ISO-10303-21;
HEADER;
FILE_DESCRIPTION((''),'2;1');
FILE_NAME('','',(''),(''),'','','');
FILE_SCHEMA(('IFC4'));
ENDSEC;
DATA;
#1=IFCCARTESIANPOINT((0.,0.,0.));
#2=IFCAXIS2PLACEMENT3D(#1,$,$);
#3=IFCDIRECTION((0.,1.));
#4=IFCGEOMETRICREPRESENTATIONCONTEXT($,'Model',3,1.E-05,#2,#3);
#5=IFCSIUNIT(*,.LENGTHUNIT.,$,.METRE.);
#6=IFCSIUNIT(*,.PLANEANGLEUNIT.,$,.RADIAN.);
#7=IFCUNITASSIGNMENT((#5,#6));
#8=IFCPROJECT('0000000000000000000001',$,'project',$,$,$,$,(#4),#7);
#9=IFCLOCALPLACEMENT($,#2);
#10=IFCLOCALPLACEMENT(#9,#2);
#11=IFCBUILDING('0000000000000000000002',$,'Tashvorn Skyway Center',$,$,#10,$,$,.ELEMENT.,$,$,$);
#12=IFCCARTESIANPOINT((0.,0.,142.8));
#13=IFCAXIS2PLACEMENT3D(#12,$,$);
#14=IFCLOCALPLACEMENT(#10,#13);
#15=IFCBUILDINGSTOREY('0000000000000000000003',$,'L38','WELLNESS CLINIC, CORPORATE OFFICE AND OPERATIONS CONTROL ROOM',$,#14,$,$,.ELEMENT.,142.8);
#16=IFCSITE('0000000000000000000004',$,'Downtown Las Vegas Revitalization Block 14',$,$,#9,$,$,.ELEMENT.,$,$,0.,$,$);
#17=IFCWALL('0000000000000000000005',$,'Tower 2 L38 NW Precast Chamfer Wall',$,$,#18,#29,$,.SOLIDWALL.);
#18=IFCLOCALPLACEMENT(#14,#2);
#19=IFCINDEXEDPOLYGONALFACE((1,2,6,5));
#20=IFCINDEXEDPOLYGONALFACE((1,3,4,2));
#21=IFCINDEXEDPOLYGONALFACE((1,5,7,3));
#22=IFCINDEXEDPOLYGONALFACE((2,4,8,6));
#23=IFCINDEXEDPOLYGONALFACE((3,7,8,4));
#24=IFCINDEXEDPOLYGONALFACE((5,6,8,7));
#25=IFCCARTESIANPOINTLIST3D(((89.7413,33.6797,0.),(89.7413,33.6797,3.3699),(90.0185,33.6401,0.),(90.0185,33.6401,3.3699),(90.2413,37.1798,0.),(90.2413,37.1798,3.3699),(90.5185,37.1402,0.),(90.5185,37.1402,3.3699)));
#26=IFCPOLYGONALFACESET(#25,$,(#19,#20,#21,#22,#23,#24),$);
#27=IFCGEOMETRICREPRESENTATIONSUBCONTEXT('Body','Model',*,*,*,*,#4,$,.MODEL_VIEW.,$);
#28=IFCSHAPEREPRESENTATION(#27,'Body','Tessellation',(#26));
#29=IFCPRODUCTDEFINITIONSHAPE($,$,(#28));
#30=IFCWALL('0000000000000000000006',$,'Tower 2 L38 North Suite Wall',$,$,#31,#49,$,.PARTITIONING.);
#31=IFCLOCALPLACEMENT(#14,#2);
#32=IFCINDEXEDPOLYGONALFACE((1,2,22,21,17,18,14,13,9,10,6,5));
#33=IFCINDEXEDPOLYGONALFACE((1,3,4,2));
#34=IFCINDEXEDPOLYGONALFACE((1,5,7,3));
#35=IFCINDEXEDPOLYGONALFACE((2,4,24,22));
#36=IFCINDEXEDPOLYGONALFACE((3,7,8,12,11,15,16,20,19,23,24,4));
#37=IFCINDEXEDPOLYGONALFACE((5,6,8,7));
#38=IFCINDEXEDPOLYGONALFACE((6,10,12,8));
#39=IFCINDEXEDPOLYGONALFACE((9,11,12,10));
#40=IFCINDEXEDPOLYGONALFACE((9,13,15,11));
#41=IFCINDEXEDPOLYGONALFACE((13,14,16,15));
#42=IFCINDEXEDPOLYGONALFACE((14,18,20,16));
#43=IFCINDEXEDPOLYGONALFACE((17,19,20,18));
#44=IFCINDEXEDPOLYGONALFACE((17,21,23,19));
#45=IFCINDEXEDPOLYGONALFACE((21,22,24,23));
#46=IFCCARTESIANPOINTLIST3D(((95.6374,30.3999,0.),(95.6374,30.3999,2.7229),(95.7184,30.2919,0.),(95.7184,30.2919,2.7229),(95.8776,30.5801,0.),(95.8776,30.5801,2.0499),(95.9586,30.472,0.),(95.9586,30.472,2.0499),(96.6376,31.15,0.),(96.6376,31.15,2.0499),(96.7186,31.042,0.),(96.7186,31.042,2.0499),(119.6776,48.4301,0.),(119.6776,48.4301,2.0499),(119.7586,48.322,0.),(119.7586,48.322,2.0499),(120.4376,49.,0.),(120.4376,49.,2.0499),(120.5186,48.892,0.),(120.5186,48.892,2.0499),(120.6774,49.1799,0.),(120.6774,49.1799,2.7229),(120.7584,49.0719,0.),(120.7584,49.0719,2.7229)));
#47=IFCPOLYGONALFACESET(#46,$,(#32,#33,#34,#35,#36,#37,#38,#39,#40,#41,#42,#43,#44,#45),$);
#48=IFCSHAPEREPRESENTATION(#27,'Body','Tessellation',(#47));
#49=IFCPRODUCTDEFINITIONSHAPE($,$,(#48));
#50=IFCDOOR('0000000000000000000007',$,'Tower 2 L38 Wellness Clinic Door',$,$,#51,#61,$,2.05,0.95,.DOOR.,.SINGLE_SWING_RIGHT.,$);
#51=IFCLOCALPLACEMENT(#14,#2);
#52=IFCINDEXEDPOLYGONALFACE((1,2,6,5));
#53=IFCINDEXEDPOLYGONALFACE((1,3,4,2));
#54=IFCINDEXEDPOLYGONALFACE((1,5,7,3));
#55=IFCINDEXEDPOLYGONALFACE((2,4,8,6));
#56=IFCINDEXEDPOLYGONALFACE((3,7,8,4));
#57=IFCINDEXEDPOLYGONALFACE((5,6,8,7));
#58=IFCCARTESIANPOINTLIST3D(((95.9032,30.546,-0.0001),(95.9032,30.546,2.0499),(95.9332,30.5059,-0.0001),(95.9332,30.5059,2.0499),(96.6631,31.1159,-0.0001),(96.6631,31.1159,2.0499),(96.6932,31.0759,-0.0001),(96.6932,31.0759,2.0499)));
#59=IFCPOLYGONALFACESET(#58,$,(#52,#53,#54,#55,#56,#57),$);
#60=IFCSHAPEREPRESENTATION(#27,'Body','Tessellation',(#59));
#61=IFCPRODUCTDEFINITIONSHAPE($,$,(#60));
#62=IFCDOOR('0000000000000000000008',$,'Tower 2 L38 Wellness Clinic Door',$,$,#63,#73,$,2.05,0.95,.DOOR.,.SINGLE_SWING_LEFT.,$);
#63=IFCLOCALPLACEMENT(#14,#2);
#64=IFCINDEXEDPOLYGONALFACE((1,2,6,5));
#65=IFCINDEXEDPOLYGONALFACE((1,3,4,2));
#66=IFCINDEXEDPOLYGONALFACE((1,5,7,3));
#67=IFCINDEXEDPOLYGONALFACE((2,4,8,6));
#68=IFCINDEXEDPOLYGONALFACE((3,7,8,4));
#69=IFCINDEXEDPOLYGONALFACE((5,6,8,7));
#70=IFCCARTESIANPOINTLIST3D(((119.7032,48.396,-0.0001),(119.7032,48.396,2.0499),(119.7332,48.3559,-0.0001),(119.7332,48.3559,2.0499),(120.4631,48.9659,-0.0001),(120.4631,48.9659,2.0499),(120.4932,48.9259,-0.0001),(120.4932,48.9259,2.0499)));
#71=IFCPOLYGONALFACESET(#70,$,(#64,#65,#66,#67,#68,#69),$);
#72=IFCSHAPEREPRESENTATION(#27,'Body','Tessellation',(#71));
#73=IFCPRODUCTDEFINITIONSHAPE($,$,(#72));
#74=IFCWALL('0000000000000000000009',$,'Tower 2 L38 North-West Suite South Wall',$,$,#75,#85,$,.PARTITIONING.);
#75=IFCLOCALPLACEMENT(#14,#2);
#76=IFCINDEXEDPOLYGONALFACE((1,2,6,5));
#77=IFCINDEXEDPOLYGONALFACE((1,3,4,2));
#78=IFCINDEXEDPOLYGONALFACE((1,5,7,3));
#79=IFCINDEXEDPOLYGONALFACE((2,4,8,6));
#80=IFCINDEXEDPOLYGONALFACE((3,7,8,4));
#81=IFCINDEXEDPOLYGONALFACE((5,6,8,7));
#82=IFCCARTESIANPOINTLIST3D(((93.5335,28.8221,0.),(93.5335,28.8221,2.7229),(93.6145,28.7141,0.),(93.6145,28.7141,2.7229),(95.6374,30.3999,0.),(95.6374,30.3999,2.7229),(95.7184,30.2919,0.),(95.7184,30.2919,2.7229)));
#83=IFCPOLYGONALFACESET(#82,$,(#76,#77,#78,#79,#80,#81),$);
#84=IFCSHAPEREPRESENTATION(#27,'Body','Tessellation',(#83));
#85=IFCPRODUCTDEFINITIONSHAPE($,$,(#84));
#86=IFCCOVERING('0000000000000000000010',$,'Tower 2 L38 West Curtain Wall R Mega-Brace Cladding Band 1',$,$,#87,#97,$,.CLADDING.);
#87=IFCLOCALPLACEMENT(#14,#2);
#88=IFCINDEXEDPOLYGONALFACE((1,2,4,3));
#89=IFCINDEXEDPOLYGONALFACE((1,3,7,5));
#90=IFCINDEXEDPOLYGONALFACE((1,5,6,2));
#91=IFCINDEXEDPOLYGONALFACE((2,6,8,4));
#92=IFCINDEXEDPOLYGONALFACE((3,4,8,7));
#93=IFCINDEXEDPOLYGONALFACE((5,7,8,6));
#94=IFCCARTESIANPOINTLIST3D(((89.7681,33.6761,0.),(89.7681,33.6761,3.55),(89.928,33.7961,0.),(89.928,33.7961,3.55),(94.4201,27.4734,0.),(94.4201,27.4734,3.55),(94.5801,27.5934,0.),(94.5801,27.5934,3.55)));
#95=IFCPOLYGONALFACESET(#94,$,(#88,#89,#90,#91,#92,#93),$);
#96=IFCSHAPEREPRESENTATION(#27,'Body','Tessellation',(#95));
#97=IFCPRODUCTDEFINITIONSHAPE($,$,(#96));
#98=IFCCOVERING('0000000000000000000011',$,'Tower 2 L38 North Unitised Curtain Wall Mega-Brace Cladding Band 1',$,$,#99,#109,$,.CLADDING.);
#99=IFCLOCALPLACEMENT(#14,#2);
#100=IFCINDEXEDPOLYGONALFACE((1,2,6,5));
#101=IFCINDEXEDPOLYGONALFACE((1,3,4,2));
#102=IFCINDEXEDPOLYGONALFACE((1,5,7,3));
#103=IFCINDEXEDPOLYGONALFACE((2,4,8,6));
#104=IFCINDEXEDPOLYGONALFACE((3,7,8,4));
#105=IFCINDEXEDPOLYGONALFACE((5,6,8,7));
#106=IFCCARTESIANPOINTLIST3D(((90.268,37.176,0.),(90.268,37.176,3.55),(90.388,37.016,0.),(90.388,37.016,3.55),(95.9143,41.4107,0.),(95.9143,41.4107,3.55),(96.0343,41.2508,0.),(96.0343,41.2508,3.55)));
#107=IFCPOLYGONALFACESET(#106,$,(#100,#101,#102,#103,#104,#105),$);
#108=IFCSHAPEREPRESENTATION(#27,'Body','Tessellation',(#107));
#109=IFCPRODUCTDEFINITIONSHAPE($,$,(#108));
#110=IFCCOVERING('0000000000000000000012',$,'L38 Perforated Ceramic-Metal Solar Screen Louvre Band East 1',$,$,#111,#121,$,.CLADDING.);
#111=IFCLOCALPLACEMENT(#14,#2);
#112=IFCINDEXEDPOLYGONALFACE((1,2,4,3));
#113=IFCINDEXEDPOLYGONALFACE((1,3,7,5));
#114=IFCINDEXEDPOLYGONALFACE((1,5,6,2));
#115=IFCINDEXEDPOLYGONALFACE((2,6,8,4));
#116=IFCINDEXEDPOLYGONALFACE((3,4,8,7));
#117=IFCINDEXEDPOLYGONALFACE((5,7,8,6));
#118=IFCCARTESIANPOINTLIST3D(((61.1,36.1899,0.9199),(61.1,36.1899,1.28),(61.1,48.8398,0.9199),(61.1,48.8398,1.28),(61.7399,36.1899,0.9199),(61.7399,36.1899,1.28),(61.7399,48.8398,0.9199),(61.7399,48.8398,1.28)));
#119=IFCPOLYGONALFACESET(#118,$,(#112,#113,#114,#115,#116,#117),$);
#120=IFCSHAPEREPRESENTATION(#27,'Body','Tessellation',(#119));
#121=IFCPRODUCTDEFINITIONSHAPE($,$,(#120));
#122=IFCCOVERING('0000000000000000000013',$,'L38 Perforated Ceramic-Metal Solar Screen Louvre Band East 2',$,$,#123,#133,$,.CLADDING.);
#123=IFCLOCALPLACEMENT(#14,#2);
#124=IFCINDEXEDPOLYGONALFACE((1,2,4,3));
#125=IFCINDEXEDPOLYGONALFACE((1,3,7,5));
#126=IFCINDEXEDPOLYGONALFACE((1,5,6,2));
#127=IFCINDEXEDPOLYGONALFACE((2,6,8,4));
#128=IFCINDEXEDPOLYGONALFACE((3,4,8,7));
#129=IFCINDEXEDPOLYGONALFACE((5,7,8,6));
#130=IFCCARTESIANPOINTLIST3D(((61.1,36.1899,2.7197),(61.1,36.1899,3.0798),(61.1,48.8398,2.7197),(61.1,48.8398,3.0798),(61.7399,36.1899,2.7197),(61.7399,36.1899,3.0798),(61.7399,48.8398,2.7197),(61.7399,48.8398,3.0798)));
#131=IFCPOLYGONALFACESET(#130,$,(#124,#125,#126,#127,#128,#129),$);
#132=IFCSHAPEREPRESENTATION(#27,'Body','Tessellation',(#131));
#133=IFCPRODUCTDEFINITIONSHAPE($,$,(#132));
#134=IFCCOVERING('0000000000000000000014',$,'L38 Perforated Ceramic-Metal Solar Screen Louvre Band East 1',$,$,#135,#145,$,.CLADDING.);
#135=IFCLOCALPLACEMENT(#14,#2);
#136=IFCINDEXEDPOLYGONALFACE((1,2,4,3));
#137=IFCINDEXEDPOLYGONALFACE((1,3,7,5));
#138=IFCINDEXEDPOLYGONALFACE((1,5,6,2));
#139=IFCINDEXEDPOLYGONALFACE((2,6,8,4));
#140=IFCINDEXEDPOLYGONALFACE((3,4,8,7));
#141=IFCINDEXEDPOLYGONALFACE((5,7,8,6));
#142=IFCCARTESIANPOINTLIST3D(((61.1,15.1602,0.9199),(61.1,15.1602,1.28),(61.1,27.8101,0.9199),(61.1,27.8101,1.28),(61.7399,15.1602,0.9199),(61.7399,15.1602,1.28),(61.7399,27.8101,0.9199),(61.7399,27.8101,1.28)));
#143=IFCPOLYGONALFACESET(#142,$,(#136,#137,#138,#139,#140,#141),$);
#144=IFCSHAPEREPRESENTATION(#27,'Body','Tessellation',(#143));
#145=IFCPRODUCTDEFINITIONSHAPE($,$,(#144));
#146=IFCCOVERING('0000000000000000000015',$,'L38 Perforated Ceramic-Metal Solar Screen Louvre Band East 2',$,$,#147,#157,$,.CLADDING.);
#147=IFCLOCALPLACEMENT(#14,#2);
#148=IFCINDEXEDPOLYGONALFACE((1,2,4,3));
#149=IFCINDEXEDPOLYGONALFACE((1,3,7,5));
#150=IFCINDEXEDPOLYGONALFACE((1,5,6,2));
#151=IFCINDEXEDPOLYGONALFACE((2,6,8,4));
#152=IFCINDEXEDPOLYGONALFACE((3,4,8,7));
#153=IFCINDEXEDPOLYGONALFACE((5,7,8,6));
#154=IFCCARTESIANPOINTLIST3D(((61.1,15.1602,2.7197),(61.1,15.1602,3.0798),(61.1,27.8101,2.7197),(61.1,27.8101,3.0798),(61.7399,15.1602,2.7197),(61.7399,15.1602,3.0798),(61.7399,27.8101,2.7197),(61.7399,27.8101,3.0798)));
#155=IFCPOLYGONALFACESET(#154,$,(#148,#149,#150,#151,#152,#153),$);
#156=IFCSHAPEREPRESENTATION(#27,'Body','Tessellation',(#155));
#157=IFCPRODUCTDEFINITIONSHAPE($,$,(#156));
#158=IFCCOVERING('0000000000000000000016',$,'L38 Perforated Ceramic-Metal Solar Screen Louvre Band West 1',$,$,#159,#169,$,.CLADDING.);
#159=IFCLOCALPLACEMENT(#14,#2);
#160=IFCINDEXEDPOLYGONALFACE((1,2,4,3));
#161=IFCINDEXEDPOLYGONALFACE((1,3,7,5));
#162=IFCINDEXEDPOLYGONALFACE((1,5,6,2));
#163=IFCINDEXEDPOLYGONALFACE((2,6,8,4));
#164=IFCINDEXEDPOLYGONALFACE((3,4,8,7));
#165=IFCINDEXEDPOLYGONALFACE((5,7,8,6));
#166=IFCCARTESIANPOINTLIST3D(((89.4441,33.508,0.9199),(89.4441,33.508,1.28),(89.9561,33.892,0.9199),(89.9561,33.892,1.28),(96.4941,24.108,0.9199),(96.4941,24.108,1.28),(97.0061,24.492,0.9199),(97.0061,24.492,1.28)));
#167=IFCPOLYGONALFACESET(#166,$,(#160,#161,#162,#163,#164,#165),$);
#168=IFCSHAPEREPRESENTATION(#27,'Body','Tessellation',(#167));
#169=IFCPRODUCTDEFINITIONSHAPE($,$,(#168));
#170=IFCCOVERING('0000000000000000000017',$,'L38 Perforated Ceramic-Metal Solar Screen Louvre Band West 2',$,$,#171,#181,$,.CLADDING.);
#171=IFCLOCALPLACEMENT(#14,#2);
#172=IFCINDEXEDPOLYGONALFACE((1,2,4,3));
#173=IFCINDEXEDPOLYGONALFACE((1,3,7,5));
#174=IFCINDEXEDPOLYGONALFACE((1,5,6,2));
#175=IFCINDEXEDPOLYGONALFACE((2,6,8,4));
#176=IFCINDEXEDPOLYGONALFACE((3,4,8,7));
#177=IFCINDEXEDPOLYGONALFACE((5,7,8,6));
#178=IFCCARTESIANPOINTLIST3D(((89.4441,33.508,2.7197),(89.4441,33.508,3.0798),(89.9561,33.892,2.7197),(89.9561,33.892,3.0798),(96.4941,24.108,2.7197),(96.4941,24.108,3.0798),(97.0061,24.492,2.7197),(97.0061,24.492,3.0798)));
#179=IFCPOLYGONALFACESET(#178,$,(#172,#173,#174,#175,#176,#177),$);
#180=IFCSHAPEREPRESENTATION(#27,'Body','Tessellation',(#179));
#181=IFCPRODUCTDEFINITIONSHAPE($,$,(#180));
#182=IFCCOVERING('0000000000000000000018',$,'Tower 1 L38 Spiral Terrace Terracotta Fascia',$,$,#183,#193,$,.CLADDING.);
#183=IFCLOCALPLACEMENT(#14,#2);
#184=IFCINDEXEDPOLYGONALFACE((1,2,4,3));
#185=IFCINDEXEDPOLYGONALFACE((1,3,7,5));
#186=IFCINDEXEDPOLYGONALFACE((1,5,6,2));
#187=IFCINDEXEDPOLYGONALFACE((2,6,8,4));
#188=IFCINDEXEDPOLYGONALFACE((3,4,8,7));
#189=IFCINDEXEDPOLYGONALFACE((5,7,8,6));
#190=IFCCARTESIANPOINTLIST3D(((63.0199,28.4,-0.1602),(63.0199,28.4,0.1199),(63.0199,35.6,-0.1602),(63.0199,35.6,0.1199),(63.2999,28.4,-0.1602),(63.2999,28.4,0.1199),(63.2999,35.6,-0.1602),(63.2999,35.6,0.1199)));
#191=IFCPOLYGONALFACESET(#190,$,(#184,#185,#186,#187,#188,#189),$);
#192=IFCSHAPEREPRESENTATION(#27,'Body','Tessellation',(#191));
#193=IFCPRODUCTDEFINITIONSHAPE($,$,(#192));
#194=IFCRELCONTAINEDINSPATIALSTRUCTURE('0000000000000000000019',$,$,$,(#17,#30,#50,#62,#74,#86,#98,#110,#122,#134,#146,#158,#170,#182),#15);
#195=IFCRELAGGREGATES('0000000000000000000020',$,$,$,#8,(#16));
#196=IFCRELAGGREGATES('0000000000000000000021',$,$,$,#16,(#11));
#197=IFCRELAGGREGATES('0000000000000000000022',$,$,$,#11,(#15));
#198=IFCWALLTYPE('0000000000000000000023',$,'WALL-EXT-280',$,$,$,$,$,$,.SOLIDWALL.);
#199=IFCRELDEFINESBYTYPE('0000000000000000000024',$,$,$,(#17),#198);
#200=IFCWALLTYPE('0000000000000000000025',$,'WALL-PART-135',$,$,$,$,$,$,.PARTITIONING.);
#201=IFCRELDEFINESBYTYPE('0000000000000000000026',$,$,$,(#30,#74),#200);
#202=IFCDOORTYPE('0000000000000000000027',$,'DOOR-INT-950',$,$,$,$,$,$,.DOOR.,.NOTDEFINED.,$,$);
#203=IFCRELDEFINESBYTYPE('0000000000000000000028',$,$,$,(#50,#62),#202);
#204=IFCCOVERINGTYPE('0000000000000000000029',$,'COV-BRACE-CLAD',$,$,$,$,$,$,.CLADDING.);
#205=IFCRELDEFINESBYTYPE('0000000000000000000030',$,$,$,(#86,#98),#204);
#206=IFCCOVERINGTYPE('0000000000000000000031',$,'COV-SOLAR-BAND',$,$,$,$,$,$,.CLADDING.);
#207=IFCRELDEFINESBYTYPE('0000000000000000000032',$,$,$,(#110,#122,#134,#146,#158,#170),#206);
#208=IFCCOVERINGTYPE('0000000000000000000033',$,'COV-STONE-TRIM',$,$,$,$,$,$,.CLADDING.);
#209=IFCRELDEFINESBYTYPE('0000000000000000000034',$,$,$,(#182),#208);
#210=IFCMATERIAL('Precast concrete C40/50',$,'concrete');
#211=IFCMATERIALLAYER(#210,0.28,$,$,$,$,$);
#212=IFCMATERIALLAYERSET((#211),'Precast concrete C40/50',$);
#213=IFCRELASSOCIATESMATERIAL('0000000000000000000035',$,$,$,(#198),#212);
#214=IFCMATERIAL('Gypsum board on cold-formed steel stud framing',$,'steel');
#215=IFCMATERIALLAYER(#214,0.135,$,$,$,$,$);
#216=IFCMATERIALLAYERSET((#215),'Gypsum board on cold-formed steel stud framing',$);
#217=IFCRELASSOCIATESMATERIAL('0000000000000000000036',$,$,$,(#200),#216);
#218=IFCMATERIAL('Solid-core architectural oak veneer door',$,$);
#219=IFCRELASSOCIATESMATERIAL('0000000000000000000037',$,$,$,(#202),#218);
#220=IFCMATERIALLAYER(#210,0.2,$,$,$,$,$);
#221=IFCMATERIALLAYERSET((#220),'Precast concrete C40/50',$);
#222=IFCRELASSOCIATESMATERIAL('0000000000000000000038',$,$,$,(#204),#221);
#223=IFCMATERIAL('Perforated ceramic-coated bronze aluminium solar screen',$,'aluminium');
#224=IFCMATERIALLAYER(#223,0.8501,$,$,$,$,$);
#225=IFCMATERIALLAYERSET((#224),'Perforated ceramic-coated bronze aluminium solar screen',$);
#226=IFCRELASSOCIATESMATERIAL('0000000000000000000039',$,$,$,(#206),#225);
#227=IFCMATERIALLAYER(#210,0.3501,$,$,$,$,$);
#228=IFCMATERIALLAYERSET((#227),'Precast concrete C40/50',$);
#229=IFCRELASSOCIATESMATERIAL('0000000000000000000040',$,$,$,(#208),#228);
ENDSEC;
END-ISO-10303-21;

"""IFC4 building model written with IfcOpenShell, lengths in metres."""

from ifc_helpers import new_model, si_unit, direction, frame, frame_2d, origin, origin_2d, place, context, subcontext, project, spatial, rectangle, extrude, material, layer, layer_set, type_object, element, fill, save


model = new_model("IFC4")

# Units and contexts
model_context = context("Model", 3, precision=1e-05, world=origin(), true_north=direction((0.0, 1.0)))
body_context = subcontext(model_context, "Body", "Model", "MODEL_VIEW")
ifc_project = project(units=[si_unit("LENGTHUNIT", "METRE"), si_unit("PLANEANGLEUNIT", "RADIAN")], contexts=[model_context])

# Site, building, storey
site_placement = place(None, origin())
site = spatial("IfcSite", under=ifc_project, at=site_placement, Name="Downtown Las Vegas Revitalization Block 14", CompositionType="ELEMENT", RefElevation=0.0)
building_placement = place(site_placement, origin())
building = spatial("IfcBuilding", under=site, at=building_placement, Name="Tashvorn Skyway Center", CompositionType="ELEMENT")
storey_placement = place(building_placement, frame((0.0, 0.0, 142.8)))
storey = spatial("IfcBuildingStorey", under=building, at=storey_placement, Name="L38", Description="WELLNESS CLINIC, CORPORATE OFFICE AND OPERATIONS CONTROL ROOM", CompositionType="ELEMENT", Elevation=142.8)

# Wall
ifc_material_1 = material(Name="Precast concrete C40/50", Category="concrete")
ifc_layer_1 = layer(ifc_material_1, 0.28)
ifc_layer_set_1 = layer_set([ifc_layer_1], Name="Precast concrete C40/50")
wall_type_1 = type_object("IfcWallType", Name="WALL-EXT-280", PredefinedType="SOLIDWALL", material=ifc_layer_set_1)
wall_1_placement = place(storey_placement, frame((89.8799, 33.6599, 0.0), z_axis=(0.0, 0.0, 1.0), x_axis=(0.141421, 0.989949, 0.0)))
element("IfcWall", 1, at=wall_1_placement, inside=storey, type_object=wall_type_1, Name="Tower 2 L38 NW Precast Chamfer Wall", PredefinedType="SOLIDWALL", context=body_context, shape_type="SweptSolid", body=[
    extrude(rectangle(XDim=3.5356, YDim=0.28, at=frame_2d((1.7678, 0.0))), origin(), (0.0, 0.0, 1.0), 3.3699),
])

# Wall, openings, doors
ifc_material_2 = material(Name="Gypsum board on cold-formed steel stud framing", Category="steel")
ifc_layer_2 = layer(ifc_material_2, 0.135)
ifc_layer_set_2 = layer_set([ifc_layer_2], Name="Gypsum board on cold-formed steel stud framing")
wall_type_2 = type_object("IfcWallType", Name="WALL-PART-135", PredefinedType="PARTITIONING", material=ifc_layer_set_2)
wall_2_placement = place(storey_placement, frame((95.678, 30.3459, 0.0), z_axis=(0.0, 0.0, 1.0), x_axis=(0.8, 0.6, 0.0)))
wall_2 = element("IfcWall", 2, at=wall_2_placement, inside=storey, type_object=wall_type_2, Name="Tower 2 L38 North Suite Wall", PredefinedType="PARTITIONING", context=body_context, shape_type="SweptSolid", body=[
    extrude(rectangle(XDim=31.3, YDim=0.135, at=frame_2d((15.6499, 0.0))), origin(), (0.0, 0.0, 1.0), 2.7229),
])
opening_1_placement = place(wall_2_placement, frame((0.3, 0.0, 0.0)))
opening_1 = element("IfcOpeningElement", 3, at=opening_1_placement, cuts=wall_2, PredefinedType="OPENING", context=body_context, shape_type="SweptSolid", body=[
    extrude(rectangle(XDim=0.95, YDim=2.05, at=frame_2d((0.4751, 1.0249))), frame((0.0, 0.0774, 0.0), z_axis=(0.0, -1.0, 0.0), x_axis=(1.0, 0.0, 0.0)), (0.0, 0.0, 1.0), 0.155),
])
opening_2_placement = place(wall_2_placement, frame((30.05, 0.0, 0.0)))
opening_2 = element("IfcOpeningElement", 4, at=opening_2_placement, cuts=wall_2, PredefinedType="OPENING", context=body_context, shape_type="SweptSolid", body=[
    extrude(rectangle(XDim=0.95, YDim=2.05, at=frame_2d((0.4751, 1.0249))), frame((0.0, 0.0774, 0.0), z_axis=(0.0, -1.0, 0.0), x_axis=(1.0, 0.0, 0.0)), (0.0, 0.0, 1.0), 0.155),
])
ifc_material_3 = material(Name="Solid-core architectural oak veneer door")
door_type = type_object("IfcDoorType", Name="DOOR-INT-950", OperationType="NOTDEFINED", PredefinedType="DOOR", material=ifc_material_3)
door_1_placement = place(opening_1_placement, origin())
door_1 = element("IfcDoor", 5, at=door_1_placement, inside=storey, type_object=door_type, Name="Tower 2 L38 Wellness Clinic Door", OperationType="SINGLE_SWING_RIGHT", OverallHeight=2.05, OverallWidth=0.95, PredefinedType="DOOR", context=body_context, shape_type="SweptSolid", body=[
    extrude(rectangle(XDim=0.95, YDim=2.05, at=frame_2d((0.4751, 1.0249))), frame((0.0, 0.0249, 0.0), z_axis=(0.0, -1.0, 0.0), x_axis=(1.0, 0.0, 0.0)), (0.0, 0.0, 1.0), 0.05),
])
fill(opening_1, door_1)
door_2_placement = place(opening_2_placement, origin())
door_2 = element("IfcDoor", 6, at=door_2_placement, inside=storey, type_object=door_type, Name="Tower 2 L38 Wellness Clinic Door", OperationType="SINGLE_SWING_LEFT", OverallHeight=2.05, OverallWidth=0.95, PredefinedType="DOOR", context=body_context, shape_type="SweptSolid", body=[
    extrude(rectangle(XDim=0.95, YDim=2.05, at=frame_2d((0.4751, 1.0249))), frame((0.0, 0.0249, 0.0), z_axis=(0.0, -1.0, 0.0), x_axis=(1.0, 0.0, 0.0)), (0.0, 0.0, 1.0), 0.05),
])
fill(opening_2, door_2)

# Wall
wall_3_placement = place(storey_placement, frame((93.574, 28.7681, 0.0), z_axis=(0.0, 0.0, 1.0), x_axis=(0.800022, 0.59997, 0.0)))
element("IfcWall", 7, at=wall_3_placement, inside=storey, type_object=wall_type_2, Name="Tower 2 L38 North-West Suite South Wall", PredefinedType="PARTITIONING", context=body_context, shape_type="SweptSolid", body=[
    extrude(rectangle(XDim=2.6299, YDim=0.135, at=frame_2d((1.3149, 0.0))), origin(), (0.0, 0.0, 1.0), 2.7229),
])

# Coverings
ifc_layer_3 = layer(ifc_material_1, 0.2)
ifc_layer_set_3 = layer_set([ifc_layer_3], Name="Precast concrete C40/50")
covering_type_1 = type_object("IfcCoveringType", Name="COV-BRACE-CLAD", PredefinedType="CLADDING", material=ifc_layer_set_3)
covering_1_placement = place(storey_placement, frame((92.1741, 30.6348, 0.0), z_axis=(0.0, 0.0, 1.0), x_axis=(-0.6, 0.8, 0.0)))
element("IfcCovering", 8, at=covering_1_placement, inside=storey, type_object=covering_type_1, Name="Tower 2 L38 West Curtain Wall R Mega-Brace Cladding Band 1", PredefinedType="CLADDING", context=body_context, shape_type="SweptSolid", body=[
    extrude(rectangle(XDim=7.7534, YDim=0.2, at=origin_2d()), origin(), (0.0, 0.0, 1.0), 3.55),
])
covering_2_placement = place(storey_placement, frame((93.1511, 39.2134, 0.0), z_axis=(0.0, 0.0, 1.0), x_axis=(0.8, 0.6, 0.0)))
element("IfcCovering", 9, at=covering_2_placement, inside=storey, type_object=covering_type_1, Name="Tower 2 L38 North Unitised Curtain Wall Mega-Brace Cladding Band 1", PredefinedType="CLADDING", context=body_context, shape_type="SweptSolid", body=[
    extrude(rectangle(XDim=7.0579, YDim=0.2, at=origin_2d()), origin(), (0.0, 0.0, 1.0), 3.55),
])
ifc_material_4 = material(Name="Perforated ceramic-coated bronze aluminium solar screen", Category="aluminium")
ifc_layer_4 = layer(ifc_material_4, 0.8501)
ifc_layer_set_4 = layer_set([ifc_layer_4], Name="Perforated ceramic-coated bronze aluminium solar screen")
covering_type_2 = type_object("IfcCoveringType", Name="COV-SOLAR-BAND", PredefinedType="CLADDING", material=ifc_layer_set_4)
for number, where, z_axis, x_axis, name in (
    (10, (61.4199, 42.5149, 0.9199), (0.0, 0.0, 1.0), (0.0, -1.0, 0.0), "L38 Perforated Ceramic-Metal Solar Screen Louvre Band East 1"),
    (11, (61.4199, 42.5149, 2.7197), (0.0, 0.0, 1.0), (0.0, -1.0, 0.0), "L38 Perforated Ceramic-Metal Solar Screen Louvre Band East 2"),
    (12, (61.4199, 21.4851, 0.9199), (0.0, 0.0, 1.0), (0.0, -1.0, 0.0), "L38 Perforated Ceramic-Metal Solar Screen Louvre Band East 1"),
    (13, (61.4199, 21.4851, 2.7197), (0.0, 0.0, 1.0), (0.0, -1.0, 0.0), "L38 Perforated Ceramic-Metal Solar Screen Louvre Band East 2"),
):
    element("IfcCovering", number, at=place(storey_placement, frame(where, z_axis=z_axis, x_axis=x_axis)), inside=storey, type_object=covering_type_2, Name=name, PredefinedType="CLADDING", context=body_context, shape_type="SweptSolid", body=[
        extrude(rectangle(XDim=12.6499, YDim=0.6399, at=origin_2d()), origin(), (0.0, 0.0, 1.0), 0.3601),
    ])
for number, where, z_axis, x_axis, name in (
    (14, (93.2251, 29.0, 0.9199), (0.0, 0.0, 1.0), (-0.6, 0.8, 0.0), "L38 Perforated Ceramic-Metal Solar Screen Louvre Band West 1"),
    (15, (93.2251, 29.0, 2.7197), (0.0, 0.0, 1.0), (-0.6, 0.8, 0.0), "L38 Perforated Ceramic-Metal Solar Screen Louvre Band West 2"),
):
    element("IfcCovering", number, at=place(storey_placement, frame(where, z_axis=z_axis, x_axis=x_axis)), inside=storey, type_object=covering_type_2, Name=name, PredefinedType="CLADDING", context=body_context, shape_type="SweptSolid", body=[
        extrude(rectangle(XDim=11.75, YDim=0.6399, at=origin_2d()), origin(), (0.0, 0.0, 1.0), 0.3601),
    ])
ifc_layer_5 = layer(ifc_material_1, 0.3501)
ifc_layer_set_5 = layer_set([ifc_layer_5], Name="Precast concrete C40/50")
covering_type_3 = type_object("IfcCoveringType", Name="COV-STONE-TRIM", PredefinedType="CLADDING", material=ifc_layer_set_5)
covering_3_placement = place(storey_placement, frame((63.1599, 32.0, -0.1602), z_axis=(0.0, 0.0, 1.0), x_axis=(0.0, -1.0, 0.0)))
element("IfcCovering", 16, at=covering_3_placement, inside=storey, type_object=covering_type_3, Name="Tower 1 L38 Spiral Terrace Terracotta Fascia", PredefinedType="CLADDING", context=body_context, shape_type="SweptSolid", body=[
    extrude(rectangle(XDim=7.2, YDim=0.28, at=origin_2d()), origin(), (0.0, 0.0, 1.0), 0.28),
])

save(model, "model.ifc")
